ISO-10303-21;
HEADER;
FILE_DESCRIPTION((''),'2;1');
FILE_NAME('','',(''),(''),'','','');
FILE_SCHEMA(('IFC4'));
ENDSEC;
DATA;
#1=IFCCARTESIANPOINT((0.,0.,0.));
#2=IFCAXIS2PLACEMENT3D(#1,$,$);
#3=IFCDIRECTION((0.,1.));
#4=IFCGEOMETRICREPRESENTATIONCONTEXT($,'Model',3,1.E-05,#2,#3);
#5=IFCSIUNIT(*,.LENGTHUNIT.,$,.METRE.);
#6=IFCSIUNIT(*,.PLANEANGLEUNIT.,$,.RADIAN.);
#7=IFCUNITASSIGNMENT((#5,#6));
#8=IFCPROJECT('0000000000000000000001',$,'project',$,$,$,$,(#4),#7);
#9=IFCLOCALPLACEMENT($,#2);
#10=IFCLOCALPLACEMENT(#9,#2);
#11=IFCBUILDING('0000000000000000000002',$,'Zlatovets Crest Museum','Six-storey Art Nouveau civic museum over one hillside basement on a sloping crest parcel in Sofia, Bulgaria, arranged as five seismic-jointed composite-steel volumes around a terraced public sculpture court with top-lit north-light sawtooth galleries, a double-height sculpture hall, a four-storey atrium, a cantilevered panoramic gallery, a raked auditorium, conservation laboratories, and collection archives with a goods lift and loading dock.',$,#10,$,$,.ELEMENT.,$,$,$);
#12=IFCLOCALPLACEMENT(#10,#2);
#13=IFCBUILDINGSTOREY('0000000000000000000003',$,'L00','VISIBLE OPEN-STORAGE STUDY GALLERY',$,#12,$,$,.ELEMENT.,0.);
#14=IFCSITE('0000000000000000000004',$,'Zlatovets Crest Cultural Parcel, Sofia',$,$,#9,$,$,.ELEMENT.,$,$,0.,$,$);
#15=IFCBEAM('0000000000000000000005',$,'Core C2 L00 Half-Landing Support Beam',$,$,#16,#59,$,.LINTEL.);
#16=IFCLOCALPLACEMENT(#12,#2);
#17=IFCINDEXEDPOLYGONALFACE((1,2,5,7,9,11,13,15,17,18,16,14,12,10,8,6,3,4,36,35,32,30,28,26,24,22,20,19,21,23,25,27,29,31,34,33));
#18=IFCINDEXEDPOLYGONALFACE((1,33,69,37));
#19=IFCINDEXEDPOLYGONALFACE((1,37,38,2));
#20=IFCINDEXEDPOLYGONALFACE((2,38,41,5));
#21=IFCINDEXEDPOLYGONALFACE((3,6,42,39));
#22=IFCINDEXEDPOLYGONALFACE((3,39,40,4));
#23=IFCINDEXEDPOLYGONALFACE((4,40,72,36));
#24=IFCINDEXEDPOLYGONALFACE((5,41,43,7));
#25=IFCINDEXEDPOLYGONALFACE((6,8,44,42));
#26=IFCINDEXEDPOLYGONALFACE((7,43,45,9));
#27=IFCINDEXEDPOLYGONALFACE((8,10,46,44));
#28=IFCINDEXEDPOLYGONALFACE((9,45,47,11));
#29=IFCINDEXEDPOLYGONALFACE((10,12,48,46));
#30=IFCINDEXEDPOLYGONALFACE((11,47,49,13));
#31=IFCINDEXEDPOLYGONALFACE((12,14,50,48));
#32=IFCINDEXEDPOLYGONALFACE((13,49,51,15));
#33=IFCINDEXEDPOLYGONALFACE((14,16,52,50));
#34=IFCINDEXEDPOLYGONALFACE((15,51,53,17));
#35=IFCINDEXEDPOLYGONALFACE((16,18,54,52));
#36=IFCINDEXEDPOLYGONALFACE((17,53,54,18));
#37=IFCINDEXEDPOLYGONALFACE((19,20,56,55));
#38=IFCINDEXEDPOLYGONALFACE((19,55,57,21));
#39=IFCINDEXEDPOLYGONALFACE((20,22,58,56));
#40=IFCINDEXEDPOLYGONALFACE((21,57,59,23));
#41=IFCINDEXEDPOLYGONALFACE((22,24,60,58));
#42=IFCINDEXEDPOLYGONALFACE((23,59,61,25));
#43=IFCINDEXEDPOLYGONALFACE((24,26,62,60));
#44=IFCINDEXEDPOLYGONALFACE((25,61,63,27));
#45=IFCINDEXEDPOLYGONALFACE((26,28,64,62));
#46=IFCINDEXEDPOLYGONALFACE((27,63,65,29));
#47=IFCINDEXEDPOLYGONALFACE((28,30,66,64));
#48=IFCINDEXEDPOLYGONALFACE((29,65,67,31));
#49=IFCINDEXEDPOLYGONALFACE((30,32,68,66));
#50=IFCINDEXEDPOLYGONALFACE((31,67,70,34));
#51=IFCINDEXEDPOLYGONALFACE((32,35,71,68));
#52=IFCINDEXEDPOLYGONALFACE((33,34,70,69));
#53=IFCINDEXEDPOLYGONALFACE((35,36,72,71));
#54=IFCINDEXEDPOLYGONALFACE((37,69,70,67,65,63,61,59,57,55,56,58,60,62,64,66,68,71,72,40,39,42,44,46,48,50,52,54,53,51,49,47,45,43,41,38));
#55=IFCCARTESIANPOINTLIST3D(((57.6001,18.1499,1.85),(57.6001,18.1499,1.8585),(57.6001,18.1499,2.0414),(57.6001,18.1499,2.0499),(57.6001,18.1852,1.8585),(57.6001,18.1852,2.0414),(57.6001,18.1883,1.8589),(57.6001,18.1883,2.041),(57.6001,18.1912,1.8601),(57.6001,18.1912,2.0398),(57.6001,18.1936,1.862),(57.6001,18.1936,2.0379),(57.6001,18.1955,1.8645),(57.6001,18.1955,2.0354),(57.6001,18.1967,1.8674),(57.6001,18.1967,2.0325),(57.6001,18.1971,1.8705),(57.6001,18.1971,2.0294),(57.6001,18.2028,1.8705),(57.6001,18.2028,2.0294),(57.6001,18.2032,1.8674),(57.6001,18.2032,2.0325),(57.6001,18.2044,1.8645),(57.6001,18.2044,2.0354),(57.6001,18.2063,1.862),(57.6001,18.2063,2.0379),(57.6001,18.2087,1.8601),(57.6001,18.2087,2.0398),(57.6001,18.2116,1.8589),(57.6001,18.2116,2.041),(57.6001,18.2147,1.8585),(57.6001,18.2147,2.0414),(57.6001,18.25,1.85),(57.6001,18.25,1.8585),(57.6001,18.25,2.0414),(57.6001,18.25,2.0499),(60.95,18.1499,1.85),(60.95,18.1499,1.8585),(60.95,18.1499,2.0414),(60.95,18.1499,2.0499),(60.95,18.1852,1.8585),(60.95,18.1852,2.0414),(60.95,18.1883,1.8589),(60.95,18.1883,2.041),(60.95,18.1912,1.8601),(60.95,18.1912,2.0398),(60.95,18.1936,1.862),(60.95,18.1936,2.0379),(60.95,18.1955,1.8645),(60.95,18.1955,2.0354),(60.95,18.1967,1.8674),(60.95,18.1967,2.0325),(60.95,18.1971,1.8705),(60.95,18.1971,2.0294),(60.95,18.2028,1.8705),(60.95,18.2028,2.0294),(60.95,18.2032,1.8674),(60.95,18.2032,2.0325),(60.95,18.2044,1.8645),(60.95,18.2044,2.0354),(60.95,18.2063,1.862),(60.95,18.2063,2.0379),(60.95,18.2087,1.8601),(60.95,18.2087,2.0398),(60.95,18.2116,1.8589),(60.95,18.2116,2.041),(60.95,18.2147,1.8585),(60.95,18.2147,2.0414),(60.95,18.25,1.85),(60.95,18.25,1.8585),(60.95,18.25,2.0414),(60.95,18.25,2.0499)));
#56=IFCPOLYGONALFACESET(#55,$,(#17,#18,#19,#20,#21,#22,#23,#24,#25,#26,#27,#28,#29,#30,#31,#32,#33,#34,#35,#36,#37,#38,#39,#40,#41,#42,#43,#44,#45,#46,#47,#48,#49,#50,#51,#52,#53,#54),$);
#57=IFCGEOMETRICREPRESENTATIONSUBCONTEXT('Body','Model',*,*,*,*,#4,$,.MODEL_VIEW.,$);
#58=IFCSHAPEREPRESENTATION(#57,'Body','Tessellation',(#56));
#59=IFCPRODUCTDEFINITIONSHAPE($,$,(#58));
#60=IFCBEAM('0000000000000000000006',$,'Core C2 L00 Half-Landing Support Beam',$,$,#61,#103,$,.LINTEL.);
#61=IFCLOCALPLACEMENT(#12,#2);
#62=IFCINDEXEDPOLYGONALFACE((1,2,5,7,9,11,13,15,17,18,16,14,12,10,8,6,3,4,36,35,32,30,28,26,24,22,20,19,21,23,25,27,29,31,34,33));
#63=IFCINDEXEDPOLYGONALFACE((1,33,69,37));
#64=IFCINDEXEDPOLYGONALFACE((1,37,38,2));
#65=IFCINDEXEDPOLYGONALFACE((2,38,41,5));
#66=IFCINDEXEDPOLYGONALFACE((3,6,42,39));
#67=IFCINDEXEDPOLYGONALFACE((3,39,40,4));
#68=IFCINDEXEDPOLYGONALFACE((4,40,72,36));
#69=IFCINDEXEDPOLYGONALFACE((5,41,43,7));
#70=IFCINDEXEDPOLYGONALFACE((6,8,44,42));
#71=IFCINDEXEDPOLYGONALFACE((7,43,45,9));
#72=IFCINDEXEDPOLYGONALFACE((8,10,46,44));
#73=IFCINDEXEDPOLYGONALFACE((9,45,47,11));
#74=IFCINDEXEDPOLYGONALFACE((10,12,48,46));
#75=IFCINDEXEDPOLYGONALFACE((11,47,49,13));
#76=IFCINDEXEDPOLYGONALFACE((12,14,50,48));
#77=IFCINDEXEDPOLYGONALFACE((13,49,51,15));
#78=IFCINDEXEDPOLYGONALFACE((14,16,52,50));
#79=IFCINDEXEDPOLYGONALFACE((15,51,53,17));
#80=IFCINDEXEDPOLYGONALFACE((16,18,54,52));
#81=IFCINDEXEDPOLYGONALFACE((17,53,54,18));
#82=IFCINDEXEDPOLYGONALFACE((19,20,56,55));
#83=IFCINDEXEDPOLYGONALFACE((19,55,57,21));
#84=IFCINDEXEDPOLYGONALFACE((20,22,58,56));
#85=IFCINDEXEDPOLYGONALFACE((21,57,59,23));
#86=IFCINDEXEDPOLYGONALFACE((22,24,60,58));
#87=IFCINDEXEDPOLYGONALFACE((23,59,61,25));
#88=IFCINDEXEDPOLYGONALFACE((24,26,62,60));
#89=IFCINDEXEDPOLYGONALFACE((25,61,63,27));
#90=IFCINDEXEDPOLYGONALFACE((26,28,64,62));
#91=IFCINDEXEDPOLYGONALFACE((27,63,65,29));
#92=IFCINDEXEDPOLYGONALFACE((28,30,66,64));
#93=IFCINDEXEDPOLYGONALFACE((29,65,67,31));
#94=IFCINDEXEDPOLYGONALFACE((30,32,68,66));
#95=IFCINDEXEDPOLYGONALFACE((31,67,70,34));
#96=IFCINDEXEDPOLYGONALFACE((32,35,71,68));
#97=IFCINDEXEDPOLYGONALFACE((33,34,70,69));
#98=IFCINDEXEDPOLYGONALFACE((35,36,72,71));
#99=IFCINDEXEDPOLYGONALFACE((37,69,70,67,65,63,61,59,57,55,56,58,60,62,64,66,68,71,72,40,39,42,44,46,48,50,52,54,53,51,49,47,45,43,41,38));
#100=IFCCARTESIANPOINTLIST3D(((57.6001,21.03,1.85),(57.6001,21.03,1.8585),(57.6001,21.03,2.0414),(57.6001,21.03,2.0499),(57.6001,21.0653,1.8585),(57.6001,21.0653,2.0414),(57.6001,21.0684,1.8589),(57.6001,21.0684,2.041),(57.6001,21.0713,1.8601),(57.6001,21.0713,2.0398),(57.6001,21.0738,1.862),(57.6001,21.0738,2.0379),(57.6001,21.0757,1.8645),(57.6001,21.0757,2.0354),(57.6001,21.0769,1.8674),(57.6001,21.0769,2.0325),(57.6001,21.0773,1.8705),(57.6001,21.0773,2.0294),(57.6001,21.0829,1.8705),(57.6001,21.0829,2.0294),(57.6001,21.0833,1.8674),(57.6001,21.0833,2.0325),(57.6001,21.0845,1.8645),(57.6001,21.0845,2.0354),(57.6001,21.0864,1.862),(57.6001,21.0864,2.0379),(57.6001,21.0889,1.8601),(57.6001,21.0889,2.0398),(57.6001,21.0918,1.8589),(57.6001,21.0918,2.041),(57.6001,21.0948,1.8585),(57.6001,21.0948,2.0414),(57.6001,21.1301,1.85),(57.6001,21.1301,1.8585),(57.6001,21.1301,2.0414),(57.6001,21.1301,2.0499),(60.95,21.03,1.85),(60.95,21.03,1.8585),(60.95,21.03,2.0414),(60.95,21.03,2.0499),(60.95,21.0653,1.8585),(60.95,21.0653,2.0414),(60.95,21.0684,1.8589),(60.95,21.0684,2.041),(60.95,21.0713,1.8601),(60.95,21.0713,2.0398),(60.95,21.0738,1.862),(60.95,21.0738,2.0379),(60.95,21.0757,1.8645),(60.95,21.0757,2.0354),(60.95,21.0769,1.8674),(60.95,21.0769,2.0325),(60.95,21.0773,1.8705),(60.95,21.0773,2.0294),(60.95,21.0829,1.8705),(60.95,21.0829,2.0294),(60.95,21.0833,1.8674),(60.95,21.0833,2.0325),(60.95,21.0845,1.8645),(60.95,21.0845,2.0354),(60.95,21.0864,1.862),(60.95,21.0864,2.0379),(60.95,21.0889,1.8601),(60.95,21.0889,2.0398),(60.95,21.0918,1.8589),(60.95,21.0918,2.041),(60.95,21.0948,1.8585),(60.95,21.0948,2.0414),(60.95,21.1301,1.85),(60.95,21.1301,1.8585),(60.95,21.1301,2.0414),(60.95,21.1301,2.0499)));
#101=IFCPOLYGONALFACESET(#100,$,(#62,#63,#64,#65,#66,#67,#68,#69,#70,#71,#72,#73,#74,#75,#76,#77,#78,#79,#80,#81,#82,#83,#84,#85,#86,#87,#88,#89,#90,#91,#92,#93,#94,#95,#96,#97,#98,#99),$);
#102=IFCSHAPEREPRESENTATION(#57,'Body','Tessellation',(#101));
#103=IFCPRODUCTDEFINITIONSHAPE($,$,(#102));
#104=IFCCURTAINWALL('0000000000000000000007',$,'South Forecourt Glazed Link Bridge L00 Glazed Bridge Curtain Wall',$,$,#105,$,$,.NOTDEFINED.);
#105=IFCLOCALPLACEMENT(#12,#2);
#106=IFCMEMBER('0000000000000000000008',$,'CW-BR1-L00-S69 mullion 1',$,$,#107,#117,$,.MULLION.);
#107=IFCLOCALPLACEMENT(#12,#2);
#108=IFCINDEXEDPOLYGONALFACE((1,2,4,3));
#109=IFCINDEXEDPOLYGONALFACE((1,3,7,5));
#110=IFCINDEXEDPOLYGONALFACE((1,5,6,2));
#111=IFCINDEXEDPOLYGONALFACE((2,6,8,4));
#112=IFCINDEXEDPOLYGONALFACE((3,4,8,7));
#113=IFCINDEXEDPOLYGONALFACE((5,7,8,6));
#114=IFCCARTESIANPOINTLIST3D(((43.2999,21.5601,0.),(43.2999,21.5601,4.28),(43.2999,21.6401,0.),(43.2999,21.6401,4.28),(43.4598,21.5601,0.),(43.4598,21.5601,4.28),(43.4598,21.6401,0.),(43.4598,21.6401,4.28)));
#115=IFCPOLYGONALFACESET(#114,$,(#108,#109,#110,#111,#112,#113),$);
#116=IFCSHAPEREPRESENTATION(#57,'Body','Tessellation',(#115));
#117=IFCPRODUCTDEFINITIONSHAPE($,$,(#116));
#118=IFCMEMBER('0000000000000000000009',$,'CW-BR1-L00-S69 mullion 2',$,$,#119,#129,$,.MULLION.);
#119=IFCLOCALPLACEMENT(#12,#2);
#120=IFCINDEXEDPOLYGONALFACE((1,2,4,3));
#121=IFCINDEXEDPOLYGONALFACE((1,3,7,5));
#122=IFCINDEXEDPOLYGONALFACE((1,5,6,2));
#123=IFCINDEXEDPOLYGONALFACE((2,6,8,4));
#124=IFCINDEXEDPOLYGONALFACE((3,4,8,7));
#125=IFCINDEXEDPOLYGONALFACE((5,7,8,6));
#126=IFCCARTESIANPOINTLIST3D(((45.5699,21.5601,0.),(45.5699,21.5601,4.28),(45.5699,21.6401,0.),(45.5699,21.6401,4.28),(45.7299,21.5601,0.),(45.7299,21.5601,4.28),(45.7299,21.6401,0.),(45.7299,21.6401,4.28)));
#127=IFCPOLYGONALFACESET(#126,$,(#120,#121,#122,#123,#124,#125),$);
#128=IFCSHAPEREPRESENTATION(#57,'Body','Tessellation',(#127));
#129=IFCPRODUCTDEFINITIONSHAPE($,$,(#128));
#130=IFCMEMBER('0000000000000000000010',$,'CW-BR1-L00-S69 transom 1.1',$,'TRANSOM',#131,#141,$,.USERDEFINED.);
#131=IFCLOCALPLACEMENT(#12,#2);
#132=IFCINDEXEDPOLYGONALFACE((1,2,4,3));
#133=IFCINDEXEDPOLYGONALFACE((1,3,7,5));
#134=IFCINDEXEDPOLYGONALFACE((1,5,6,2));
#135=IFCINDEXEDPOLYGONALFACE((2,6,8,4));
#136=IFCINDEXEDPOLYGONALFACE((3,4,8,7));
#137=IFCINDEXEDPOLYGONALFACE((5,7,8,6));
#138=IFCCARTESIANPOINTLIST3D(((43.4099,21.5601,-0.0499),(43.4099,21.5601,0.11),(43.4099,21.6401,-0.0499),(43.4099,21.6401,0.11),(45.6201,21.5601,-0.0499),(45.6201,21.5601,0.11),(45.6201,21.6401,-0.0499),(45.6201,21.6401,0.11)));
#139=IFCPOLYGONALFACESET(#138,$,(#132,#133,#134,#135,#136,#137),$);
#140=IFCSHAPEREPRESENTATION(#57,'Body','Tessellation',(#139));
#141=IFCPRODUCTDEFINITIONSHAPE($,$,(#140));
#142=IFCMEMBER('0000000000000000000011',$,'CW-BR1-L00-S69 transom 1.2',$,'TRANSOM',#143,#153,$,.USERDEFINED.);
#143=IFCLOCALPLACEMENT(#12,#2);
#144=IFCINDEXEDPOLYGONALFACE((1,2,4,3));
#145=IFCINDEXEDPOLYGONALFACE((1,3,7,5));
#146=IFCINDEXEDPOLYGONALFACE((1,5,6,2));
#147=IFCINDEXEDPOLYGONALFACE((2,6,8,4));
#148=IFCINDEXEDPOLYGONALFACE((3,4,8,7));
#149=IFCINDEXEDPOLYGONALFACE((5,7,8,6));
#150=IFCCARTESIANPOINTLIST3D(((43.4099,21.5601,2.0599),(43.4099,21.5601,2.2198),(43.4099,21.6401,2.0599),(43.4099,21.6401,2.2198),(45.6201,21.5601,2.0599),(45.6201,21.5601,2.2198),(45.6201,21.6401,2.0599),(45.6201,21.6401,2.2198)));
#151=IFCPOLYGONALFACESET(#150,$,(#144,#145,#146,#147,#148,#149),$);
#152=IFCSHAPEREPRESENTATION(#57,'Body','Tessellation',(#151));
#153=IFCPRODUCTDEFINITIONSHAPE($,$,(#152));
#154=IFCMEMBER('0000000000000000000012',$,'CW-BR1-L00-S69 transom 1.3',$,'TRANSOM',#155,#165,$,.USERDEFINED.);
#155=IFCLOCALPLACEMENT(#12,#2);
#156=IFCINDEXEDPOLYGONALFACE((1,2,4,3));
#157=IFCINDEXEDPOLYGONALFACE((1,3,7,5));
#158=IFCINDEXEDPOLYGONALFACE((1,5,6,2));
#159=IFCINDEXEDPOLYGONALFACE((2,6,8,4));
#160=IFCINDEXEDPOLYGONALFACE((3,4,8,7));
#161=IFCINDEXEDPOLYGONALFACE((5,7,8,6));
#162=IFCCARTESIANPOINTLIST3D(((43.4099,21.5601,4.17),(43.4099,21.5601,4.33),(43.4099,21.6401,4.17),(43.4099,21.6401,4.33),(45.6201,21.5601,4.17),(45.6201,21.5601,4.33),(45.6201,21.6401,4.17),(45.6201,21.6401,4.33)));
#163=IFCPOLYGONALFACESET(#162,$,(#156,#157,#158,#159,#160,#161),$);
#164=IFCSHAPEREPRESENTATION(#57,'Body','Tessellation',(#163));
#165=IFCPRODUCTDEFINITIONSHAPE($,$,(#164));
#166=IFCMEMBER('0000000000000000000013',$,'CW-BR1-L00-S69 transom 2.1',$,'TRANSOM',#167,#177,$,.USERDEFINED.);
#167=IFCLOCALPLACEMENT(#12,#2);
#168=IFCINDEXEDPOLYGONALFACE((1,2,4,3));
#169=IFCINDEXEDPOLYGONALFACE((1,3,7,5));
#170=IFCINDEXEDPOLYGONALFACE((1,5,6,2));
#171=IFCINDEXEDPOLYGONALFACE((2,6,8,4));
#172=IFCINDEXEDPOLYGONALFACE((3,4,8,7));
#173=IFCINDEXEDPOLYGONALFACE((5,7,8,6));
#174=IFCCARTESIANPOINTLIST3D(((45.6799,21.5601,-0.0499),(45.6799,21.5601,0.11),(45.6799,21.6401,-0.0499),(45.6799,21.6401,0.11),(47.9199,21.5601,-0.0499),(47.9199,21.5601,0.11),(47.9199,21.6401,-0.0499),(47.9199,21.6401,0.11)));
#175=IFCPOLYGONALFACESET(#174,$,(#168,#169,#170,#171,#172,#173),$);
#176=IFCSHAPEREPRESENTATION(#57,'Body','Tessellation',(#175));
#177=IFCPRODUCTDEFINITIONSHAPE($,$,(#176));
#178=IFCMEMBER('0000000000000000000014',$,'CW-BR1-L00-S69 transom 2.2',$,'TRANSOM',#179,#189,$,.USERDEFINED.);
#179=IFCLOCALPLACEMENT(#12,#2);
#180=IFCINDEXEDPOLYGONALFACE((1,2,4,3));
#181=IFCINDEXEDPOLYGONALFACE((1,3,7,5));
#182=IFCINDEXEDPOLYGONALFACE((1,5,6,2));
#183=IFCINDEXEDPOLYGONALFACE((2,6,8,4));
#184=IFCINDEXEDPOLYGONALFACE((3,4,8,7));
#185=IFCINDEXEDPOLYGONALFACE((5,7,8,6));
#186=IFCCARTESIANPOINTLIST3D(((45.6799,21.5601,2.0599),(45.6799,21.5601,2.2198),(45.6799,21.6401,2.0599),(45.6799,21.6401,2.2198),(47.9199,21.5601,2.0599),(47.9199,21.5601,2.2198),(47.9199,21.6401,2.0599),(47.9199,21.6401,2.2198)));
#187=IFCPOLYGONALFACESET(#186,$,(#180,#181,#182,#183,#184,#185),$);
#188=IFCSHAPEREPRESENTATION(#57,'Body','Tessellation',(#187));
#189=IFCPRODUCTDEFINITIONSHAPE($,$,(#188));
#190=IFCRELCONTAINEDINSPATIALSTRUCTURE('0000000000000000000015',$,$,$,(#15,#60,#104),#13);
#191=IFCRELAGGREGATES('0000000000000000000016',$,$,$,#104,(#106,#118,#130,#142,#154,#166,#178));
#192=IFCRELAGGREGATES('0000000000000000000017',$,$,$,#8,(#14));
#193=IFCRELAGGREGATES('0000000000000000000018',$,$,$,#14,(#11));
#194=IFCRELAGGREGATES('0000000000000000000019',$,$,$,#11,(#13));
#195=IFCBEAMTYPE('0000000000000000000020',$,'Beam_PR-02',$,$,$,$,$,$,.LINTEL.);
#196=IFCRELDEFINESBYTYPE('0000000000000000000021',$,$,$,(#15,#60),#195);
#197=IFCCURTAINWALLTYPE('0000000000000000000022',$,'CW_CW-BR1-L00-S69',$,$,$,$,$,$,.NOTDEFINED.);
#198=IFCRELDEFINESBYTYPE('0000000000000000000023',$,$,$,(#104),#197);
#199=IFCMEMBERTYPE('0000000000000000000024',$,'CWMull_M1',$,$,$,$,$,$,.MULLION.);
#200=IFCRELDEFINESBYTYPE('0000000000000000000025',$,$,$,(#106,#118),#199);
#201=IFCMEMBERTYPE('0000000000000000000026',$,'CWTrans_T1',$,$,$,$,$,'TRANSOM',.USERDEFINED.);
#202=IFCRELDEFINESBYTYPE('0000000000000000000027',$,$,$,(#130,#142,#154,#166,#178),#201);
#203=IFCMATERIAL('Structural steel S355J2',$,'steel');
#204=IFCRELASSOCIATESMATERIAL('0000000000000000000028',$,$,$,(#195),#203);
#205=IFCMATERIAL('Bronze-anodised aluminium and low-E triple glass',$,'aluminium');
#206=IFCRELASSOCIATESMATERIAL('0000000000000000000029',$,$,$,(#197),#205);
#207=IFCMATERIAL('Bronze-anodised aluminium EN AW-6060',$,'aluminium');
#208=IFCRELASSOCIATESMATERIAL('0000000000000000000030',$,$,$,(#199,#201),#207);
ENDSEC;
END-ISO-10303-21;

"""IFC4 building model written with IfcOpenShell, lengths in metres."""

from ifc_helpers import new_model, si_unit, direction, frame, origin, origin_2d, place, context, subcontext, project, spatial, rectangle, i_section, extrude, material, material_profile, profile_set, type_object, element, aggregate, save


model = new_model("IFC4")

# Units and contexts
model_context = context("Model", 3, precision=1e-05, world=origin(), true_north=direction((0.0, 1.0)))
body_context = subcontext(model_context, "Body", "Model", "MODEL_VIEW")
ifc_project = project(units=[si_unit("LENGTHUNIT", "METRE"), si_unit("PLANEANGLEUNIT", "RADIAN")], contexts=[model_context])

# Site, building, storey
site_placement = place(None, origin())
site = spatial("IfcSite", under=ifc_project, at=site_placement, Name="Zlatovets Crest Cultural Parcel, Sofia", CompositionType="ELEMENT", RefElevation=0.0)
building_placement = place(site_placement, origin())
building = spatial("IfcBuilding", under=site, at=building_placement, Name="Zlatovets Crest Museum", Description="Six-storey Art Nouveau civic museum over one hillside basement on a sloping crest parcel in Sofia, Bulgaria, arranged as five seismic-jointed composite-steel volumes around a terraced public sculpture court with top-lit north-light sawtooth galleries, a double-height sculpture hall, a four-storey atrium, a cantilevered panoramic gallery, a raked auditorium, conservation laboratories, and collection archives with a goods lift and loading dock.", CompositionType="ELEMENT")
storey_placement = place(building_placement, origin())
storey = spatial("IfcBuildingStorey", under=building, at=storey_placement, Name="L00", Description="VISIBLE OPEN-STORAGE STUDY GALLERY", CompositionType="ELEMENT", Elevation=0.0)

# Shared definitions
ifc_material_1 = material(Name="Structural steel S355J2", Category="steel")

# Beams
ifc_material_profile_1 = material_profile(ifc_material_1, i_section(OverallWidth=0.1001, OverallDepth=0.2, WebThickness=0.0056, FlangeThickness=0.0085, FilletRadius=0.012, at=origin_2d()), Name="IPE 200")
ifc_profile_set_1 = profile_set([ifc_material_profile_1], Name="Structural steel S355J2")
beam_type_1 = type_object("IfcBeamType", Name="Beam_PR-02", PredefinedType="LINTEL", material=ifc_profile_set_1)
for number, where, z_axis, x_axis, name in (
    (1, (57.6001, 18.2, 1.95), (1.0, 0.0, 0.0), (0.0, 1.0, 0.0), "Core C2 L00 Half-Landing Support Beam"),
    (2, (57.6001, 21.0801, 1.95), (1.0, 0.0, 0.0), (0.0, 1.0, 0.0), "Core C2 L00 Half-Landing Support Beam"),
):
    element("IfcBeam", number, at=place(storey_placement, frame(where, z_axis=z_axis, x_axis=x_axis)), inside=storey, type_object=beam_type_1, Name=name, PredefinedType="LINTEL", context=body_context, shape_type="SweptSolid", body=[
        extrude(i_section(OverallWidth=0.1001, OverallDepth=0.2, WebThickness=0.0056, FlangeThickness=0.0085, FilletRadius=0.012, at=origin_2d()), origin(), (0.0, 0.0, 1.0), 3.3499),
    ])

# Curtain wall, members
ifc_material_2 = material(Name="Bronze-anodised aluminium and low-E triple glass", Category="aluminium")
curtain_wall_type = type_object("IfcCurtainWallType", Name="CW_CW-BR1-L00-S69", PredefinedType="NOTDEFINED", material=ifc_material_2)
curtain_wall_placement = place(storey_placement, origin())
curtain_wall = element("IfcCurtainWall", 3, at=curtain_wall_placement, inside=storey, type_object=curtain_wall_type, Name="South Forecourt Glazed Link Bridge L00 Glazed Bridge Curtain Wall", PredefinedType="NOTDEFINED")
ifc_material_3 = material(Name="Bronze-anodised aluminium EN AW-6060", Category="aluminium")
ifc_material_profile_2 = material_profile(ifc_material_3, rectangle(XDim=0.0801, YDim=0.1599, at=origin_2d()), Name="ALU 80x160")
ifc_profile_set_2 = profile_set([ifc_material_profile_2], Name="Bronze-anodised aluminium EN AW-6060")
member_type_1 = type_object("IfcMemberType", Name="CWMull_M1", PredefinedType="MULLION", material=ifc_profile_set_2)
member_1_placement = place(storey_placement, frame((43.3799, 21.6001, 0.0), z_axis=(0.0, 0.0, 1.0), x_axis=(0.0, 1.0, 0.0)))
member_1 = element("IfcMember", 4, at=member_1_placement, type_object=member_type_1, Name="CW-BR1-L00-S69 mullion 1", PredefinedType="MULLION", context=body_context, shape_type="SweptSolid", body=[
    extrude(rectangle(XDim=0.0801, YDim=0.1599, at=origin_2d()), origin(), (0.0, 0.0, 1.0), 4.28),
])
member_2_placement = place(storey_placement, frame((45.6499, 21.6001, 0.0), z_axis=(0.0, 0.0, 1.0), x_axis=(0.0, 1.0, 0.0)))
member_2 = element("IfcMember", 5, at=member_2_placement, type_object=member_type_1, Name="CW-BR1-L00-S69 mullion 2", PredefinedType="MULLION", context=body_context, shape_type="SweptSolid", body=[
    extrude(rectangle(XDim=0.0801, YDim=0.1599, at=origin_2d()), origin(), (0.0, 0.0, 1.0), 4.28),
])
ifc_material_profile_3 = material_profile(ifc_material_3, rectangle(XDim=0.0801, YDim=0.1599, at=origin_2d()), Name="ALU 80x160")
ifc_profile_set_3 = profile_set([ifc_material_profile_3], Name="Bronze-anodised aluminium EN AW-6060")
member_type_2 = type_object("IfcMemberType", Name="CWTrans_T1", ElementType="TRANSOM", PredefinedType="USERDEFINED", material=ifc_profile_set_3)
member_3_placement = place(storey_placement, frame((43.4099, 21.6001, 0.03), z_axis=(1.0, 0.0, 0.0), x_axis=(0.0, 1.0, 0.0)))
member_3 = element("IfcMember", 6, at=member_3_placement, type_object=member_type_2, Name="CW-BR1-L00-S69 transom 1.1", ObjectType="TRANSOM", PredefinedType="USERDEFINED", context=body_context, shape_type="SweptSolid", body=[
    extrude(rectangle(XDim=0.0801, YDim=0.1599, at=origin_2d()), origin(), (0.0, 0.0, 1.0), 2.2102),
])
member_4_placement = place(storey_placement, frame((43.4099, 21.6001, 2.1399), z_axis=(1.0, 0.0, 0.0), x_axis=(0.0, 1.0, 0.0)))
member_4 = element("IfcMember", 7, at=member_4_placement, type_object=member_type_2, Name="CW-BR1-L00-S69 transom 1.2", ObjectType="TRANSOM", PredefinedType="USERDEFINED", context=body_context, shape_type="SweptSolid", body=[
    extrude(rectangle(XDim=0.0801, YDim=0.1599, at=origin_2d()), origin(), (0.0, 0.0, 1.0), 2.2102),
])
member_5_placement = place(storey_placement, frame((43.4099, 21.6001, 4.25), z_axis=(1.0, 0.0, 0.0), x_axis=(0.0, 1.0, 0.0)))
member_5 = element("IfcMember", 8, at=member_5_placement, type_object=member_type_2, Name="CW-BR1-L00-S69 transom 1.3", ObjectType="TRANSOM", PredefinedType="USERDEFINED", context=body_context, shape_type="SweptSolid", body=[
    extrude(rectangle(XDim=0.0801, YDim=0.1599, at=origin_2d()), origin(), (0.0, 0.0, 1.0), 2.2102),
])
member_6_placement = place(storey_placement, frame((45.6799, 21.6001, 0.03), z_axis=(1.0, 0.0, 0.0), x_axis=(0.0, 1.0, 0.0)))
member_6 = element("IfcMember", 9, at=member_6_placement, type_object=member_type_2, Name="CW-BR1-L00-S69 transom 2.1", ObjectType="TRANSOM", PredefinedType="USERDEFINED", context=body_context, shape_type="SweptSolid", body=[
    extrude(rectangle(XDim=0.0801, YDim=0.1599, at=origin_2d()), origin(), (0.0, 0.0, 1.0), 2.24),
])
member_7_placement = place(storey_placement, frame((45.6799, 21.6001, 2.1399), z_axis=(1.0, 0.0, 0.0), x_axis=(0.0, 1.0, 0.0)))
member_7 = element("IfcMember", 10, at=member_7_placement, type_object=member_type_2, Name="CW-BR1-L00-S69 transom 2.2", ObjectType="TRANSOM", PredefinedType="USERDEFINED", context=body_context, shape_type="SweptSolid", body=[
    extrude(rectangle(XDim=0.0801, YDim=0.1599, at=origin_2d()), origin(), (0.0, 0.0, 1.0), 2.24),
])

aggregate(curtain_wall, [member_1, member_2, member_3, member_4, member_5, member_6, member_7])

save(model, "model.ifc")
